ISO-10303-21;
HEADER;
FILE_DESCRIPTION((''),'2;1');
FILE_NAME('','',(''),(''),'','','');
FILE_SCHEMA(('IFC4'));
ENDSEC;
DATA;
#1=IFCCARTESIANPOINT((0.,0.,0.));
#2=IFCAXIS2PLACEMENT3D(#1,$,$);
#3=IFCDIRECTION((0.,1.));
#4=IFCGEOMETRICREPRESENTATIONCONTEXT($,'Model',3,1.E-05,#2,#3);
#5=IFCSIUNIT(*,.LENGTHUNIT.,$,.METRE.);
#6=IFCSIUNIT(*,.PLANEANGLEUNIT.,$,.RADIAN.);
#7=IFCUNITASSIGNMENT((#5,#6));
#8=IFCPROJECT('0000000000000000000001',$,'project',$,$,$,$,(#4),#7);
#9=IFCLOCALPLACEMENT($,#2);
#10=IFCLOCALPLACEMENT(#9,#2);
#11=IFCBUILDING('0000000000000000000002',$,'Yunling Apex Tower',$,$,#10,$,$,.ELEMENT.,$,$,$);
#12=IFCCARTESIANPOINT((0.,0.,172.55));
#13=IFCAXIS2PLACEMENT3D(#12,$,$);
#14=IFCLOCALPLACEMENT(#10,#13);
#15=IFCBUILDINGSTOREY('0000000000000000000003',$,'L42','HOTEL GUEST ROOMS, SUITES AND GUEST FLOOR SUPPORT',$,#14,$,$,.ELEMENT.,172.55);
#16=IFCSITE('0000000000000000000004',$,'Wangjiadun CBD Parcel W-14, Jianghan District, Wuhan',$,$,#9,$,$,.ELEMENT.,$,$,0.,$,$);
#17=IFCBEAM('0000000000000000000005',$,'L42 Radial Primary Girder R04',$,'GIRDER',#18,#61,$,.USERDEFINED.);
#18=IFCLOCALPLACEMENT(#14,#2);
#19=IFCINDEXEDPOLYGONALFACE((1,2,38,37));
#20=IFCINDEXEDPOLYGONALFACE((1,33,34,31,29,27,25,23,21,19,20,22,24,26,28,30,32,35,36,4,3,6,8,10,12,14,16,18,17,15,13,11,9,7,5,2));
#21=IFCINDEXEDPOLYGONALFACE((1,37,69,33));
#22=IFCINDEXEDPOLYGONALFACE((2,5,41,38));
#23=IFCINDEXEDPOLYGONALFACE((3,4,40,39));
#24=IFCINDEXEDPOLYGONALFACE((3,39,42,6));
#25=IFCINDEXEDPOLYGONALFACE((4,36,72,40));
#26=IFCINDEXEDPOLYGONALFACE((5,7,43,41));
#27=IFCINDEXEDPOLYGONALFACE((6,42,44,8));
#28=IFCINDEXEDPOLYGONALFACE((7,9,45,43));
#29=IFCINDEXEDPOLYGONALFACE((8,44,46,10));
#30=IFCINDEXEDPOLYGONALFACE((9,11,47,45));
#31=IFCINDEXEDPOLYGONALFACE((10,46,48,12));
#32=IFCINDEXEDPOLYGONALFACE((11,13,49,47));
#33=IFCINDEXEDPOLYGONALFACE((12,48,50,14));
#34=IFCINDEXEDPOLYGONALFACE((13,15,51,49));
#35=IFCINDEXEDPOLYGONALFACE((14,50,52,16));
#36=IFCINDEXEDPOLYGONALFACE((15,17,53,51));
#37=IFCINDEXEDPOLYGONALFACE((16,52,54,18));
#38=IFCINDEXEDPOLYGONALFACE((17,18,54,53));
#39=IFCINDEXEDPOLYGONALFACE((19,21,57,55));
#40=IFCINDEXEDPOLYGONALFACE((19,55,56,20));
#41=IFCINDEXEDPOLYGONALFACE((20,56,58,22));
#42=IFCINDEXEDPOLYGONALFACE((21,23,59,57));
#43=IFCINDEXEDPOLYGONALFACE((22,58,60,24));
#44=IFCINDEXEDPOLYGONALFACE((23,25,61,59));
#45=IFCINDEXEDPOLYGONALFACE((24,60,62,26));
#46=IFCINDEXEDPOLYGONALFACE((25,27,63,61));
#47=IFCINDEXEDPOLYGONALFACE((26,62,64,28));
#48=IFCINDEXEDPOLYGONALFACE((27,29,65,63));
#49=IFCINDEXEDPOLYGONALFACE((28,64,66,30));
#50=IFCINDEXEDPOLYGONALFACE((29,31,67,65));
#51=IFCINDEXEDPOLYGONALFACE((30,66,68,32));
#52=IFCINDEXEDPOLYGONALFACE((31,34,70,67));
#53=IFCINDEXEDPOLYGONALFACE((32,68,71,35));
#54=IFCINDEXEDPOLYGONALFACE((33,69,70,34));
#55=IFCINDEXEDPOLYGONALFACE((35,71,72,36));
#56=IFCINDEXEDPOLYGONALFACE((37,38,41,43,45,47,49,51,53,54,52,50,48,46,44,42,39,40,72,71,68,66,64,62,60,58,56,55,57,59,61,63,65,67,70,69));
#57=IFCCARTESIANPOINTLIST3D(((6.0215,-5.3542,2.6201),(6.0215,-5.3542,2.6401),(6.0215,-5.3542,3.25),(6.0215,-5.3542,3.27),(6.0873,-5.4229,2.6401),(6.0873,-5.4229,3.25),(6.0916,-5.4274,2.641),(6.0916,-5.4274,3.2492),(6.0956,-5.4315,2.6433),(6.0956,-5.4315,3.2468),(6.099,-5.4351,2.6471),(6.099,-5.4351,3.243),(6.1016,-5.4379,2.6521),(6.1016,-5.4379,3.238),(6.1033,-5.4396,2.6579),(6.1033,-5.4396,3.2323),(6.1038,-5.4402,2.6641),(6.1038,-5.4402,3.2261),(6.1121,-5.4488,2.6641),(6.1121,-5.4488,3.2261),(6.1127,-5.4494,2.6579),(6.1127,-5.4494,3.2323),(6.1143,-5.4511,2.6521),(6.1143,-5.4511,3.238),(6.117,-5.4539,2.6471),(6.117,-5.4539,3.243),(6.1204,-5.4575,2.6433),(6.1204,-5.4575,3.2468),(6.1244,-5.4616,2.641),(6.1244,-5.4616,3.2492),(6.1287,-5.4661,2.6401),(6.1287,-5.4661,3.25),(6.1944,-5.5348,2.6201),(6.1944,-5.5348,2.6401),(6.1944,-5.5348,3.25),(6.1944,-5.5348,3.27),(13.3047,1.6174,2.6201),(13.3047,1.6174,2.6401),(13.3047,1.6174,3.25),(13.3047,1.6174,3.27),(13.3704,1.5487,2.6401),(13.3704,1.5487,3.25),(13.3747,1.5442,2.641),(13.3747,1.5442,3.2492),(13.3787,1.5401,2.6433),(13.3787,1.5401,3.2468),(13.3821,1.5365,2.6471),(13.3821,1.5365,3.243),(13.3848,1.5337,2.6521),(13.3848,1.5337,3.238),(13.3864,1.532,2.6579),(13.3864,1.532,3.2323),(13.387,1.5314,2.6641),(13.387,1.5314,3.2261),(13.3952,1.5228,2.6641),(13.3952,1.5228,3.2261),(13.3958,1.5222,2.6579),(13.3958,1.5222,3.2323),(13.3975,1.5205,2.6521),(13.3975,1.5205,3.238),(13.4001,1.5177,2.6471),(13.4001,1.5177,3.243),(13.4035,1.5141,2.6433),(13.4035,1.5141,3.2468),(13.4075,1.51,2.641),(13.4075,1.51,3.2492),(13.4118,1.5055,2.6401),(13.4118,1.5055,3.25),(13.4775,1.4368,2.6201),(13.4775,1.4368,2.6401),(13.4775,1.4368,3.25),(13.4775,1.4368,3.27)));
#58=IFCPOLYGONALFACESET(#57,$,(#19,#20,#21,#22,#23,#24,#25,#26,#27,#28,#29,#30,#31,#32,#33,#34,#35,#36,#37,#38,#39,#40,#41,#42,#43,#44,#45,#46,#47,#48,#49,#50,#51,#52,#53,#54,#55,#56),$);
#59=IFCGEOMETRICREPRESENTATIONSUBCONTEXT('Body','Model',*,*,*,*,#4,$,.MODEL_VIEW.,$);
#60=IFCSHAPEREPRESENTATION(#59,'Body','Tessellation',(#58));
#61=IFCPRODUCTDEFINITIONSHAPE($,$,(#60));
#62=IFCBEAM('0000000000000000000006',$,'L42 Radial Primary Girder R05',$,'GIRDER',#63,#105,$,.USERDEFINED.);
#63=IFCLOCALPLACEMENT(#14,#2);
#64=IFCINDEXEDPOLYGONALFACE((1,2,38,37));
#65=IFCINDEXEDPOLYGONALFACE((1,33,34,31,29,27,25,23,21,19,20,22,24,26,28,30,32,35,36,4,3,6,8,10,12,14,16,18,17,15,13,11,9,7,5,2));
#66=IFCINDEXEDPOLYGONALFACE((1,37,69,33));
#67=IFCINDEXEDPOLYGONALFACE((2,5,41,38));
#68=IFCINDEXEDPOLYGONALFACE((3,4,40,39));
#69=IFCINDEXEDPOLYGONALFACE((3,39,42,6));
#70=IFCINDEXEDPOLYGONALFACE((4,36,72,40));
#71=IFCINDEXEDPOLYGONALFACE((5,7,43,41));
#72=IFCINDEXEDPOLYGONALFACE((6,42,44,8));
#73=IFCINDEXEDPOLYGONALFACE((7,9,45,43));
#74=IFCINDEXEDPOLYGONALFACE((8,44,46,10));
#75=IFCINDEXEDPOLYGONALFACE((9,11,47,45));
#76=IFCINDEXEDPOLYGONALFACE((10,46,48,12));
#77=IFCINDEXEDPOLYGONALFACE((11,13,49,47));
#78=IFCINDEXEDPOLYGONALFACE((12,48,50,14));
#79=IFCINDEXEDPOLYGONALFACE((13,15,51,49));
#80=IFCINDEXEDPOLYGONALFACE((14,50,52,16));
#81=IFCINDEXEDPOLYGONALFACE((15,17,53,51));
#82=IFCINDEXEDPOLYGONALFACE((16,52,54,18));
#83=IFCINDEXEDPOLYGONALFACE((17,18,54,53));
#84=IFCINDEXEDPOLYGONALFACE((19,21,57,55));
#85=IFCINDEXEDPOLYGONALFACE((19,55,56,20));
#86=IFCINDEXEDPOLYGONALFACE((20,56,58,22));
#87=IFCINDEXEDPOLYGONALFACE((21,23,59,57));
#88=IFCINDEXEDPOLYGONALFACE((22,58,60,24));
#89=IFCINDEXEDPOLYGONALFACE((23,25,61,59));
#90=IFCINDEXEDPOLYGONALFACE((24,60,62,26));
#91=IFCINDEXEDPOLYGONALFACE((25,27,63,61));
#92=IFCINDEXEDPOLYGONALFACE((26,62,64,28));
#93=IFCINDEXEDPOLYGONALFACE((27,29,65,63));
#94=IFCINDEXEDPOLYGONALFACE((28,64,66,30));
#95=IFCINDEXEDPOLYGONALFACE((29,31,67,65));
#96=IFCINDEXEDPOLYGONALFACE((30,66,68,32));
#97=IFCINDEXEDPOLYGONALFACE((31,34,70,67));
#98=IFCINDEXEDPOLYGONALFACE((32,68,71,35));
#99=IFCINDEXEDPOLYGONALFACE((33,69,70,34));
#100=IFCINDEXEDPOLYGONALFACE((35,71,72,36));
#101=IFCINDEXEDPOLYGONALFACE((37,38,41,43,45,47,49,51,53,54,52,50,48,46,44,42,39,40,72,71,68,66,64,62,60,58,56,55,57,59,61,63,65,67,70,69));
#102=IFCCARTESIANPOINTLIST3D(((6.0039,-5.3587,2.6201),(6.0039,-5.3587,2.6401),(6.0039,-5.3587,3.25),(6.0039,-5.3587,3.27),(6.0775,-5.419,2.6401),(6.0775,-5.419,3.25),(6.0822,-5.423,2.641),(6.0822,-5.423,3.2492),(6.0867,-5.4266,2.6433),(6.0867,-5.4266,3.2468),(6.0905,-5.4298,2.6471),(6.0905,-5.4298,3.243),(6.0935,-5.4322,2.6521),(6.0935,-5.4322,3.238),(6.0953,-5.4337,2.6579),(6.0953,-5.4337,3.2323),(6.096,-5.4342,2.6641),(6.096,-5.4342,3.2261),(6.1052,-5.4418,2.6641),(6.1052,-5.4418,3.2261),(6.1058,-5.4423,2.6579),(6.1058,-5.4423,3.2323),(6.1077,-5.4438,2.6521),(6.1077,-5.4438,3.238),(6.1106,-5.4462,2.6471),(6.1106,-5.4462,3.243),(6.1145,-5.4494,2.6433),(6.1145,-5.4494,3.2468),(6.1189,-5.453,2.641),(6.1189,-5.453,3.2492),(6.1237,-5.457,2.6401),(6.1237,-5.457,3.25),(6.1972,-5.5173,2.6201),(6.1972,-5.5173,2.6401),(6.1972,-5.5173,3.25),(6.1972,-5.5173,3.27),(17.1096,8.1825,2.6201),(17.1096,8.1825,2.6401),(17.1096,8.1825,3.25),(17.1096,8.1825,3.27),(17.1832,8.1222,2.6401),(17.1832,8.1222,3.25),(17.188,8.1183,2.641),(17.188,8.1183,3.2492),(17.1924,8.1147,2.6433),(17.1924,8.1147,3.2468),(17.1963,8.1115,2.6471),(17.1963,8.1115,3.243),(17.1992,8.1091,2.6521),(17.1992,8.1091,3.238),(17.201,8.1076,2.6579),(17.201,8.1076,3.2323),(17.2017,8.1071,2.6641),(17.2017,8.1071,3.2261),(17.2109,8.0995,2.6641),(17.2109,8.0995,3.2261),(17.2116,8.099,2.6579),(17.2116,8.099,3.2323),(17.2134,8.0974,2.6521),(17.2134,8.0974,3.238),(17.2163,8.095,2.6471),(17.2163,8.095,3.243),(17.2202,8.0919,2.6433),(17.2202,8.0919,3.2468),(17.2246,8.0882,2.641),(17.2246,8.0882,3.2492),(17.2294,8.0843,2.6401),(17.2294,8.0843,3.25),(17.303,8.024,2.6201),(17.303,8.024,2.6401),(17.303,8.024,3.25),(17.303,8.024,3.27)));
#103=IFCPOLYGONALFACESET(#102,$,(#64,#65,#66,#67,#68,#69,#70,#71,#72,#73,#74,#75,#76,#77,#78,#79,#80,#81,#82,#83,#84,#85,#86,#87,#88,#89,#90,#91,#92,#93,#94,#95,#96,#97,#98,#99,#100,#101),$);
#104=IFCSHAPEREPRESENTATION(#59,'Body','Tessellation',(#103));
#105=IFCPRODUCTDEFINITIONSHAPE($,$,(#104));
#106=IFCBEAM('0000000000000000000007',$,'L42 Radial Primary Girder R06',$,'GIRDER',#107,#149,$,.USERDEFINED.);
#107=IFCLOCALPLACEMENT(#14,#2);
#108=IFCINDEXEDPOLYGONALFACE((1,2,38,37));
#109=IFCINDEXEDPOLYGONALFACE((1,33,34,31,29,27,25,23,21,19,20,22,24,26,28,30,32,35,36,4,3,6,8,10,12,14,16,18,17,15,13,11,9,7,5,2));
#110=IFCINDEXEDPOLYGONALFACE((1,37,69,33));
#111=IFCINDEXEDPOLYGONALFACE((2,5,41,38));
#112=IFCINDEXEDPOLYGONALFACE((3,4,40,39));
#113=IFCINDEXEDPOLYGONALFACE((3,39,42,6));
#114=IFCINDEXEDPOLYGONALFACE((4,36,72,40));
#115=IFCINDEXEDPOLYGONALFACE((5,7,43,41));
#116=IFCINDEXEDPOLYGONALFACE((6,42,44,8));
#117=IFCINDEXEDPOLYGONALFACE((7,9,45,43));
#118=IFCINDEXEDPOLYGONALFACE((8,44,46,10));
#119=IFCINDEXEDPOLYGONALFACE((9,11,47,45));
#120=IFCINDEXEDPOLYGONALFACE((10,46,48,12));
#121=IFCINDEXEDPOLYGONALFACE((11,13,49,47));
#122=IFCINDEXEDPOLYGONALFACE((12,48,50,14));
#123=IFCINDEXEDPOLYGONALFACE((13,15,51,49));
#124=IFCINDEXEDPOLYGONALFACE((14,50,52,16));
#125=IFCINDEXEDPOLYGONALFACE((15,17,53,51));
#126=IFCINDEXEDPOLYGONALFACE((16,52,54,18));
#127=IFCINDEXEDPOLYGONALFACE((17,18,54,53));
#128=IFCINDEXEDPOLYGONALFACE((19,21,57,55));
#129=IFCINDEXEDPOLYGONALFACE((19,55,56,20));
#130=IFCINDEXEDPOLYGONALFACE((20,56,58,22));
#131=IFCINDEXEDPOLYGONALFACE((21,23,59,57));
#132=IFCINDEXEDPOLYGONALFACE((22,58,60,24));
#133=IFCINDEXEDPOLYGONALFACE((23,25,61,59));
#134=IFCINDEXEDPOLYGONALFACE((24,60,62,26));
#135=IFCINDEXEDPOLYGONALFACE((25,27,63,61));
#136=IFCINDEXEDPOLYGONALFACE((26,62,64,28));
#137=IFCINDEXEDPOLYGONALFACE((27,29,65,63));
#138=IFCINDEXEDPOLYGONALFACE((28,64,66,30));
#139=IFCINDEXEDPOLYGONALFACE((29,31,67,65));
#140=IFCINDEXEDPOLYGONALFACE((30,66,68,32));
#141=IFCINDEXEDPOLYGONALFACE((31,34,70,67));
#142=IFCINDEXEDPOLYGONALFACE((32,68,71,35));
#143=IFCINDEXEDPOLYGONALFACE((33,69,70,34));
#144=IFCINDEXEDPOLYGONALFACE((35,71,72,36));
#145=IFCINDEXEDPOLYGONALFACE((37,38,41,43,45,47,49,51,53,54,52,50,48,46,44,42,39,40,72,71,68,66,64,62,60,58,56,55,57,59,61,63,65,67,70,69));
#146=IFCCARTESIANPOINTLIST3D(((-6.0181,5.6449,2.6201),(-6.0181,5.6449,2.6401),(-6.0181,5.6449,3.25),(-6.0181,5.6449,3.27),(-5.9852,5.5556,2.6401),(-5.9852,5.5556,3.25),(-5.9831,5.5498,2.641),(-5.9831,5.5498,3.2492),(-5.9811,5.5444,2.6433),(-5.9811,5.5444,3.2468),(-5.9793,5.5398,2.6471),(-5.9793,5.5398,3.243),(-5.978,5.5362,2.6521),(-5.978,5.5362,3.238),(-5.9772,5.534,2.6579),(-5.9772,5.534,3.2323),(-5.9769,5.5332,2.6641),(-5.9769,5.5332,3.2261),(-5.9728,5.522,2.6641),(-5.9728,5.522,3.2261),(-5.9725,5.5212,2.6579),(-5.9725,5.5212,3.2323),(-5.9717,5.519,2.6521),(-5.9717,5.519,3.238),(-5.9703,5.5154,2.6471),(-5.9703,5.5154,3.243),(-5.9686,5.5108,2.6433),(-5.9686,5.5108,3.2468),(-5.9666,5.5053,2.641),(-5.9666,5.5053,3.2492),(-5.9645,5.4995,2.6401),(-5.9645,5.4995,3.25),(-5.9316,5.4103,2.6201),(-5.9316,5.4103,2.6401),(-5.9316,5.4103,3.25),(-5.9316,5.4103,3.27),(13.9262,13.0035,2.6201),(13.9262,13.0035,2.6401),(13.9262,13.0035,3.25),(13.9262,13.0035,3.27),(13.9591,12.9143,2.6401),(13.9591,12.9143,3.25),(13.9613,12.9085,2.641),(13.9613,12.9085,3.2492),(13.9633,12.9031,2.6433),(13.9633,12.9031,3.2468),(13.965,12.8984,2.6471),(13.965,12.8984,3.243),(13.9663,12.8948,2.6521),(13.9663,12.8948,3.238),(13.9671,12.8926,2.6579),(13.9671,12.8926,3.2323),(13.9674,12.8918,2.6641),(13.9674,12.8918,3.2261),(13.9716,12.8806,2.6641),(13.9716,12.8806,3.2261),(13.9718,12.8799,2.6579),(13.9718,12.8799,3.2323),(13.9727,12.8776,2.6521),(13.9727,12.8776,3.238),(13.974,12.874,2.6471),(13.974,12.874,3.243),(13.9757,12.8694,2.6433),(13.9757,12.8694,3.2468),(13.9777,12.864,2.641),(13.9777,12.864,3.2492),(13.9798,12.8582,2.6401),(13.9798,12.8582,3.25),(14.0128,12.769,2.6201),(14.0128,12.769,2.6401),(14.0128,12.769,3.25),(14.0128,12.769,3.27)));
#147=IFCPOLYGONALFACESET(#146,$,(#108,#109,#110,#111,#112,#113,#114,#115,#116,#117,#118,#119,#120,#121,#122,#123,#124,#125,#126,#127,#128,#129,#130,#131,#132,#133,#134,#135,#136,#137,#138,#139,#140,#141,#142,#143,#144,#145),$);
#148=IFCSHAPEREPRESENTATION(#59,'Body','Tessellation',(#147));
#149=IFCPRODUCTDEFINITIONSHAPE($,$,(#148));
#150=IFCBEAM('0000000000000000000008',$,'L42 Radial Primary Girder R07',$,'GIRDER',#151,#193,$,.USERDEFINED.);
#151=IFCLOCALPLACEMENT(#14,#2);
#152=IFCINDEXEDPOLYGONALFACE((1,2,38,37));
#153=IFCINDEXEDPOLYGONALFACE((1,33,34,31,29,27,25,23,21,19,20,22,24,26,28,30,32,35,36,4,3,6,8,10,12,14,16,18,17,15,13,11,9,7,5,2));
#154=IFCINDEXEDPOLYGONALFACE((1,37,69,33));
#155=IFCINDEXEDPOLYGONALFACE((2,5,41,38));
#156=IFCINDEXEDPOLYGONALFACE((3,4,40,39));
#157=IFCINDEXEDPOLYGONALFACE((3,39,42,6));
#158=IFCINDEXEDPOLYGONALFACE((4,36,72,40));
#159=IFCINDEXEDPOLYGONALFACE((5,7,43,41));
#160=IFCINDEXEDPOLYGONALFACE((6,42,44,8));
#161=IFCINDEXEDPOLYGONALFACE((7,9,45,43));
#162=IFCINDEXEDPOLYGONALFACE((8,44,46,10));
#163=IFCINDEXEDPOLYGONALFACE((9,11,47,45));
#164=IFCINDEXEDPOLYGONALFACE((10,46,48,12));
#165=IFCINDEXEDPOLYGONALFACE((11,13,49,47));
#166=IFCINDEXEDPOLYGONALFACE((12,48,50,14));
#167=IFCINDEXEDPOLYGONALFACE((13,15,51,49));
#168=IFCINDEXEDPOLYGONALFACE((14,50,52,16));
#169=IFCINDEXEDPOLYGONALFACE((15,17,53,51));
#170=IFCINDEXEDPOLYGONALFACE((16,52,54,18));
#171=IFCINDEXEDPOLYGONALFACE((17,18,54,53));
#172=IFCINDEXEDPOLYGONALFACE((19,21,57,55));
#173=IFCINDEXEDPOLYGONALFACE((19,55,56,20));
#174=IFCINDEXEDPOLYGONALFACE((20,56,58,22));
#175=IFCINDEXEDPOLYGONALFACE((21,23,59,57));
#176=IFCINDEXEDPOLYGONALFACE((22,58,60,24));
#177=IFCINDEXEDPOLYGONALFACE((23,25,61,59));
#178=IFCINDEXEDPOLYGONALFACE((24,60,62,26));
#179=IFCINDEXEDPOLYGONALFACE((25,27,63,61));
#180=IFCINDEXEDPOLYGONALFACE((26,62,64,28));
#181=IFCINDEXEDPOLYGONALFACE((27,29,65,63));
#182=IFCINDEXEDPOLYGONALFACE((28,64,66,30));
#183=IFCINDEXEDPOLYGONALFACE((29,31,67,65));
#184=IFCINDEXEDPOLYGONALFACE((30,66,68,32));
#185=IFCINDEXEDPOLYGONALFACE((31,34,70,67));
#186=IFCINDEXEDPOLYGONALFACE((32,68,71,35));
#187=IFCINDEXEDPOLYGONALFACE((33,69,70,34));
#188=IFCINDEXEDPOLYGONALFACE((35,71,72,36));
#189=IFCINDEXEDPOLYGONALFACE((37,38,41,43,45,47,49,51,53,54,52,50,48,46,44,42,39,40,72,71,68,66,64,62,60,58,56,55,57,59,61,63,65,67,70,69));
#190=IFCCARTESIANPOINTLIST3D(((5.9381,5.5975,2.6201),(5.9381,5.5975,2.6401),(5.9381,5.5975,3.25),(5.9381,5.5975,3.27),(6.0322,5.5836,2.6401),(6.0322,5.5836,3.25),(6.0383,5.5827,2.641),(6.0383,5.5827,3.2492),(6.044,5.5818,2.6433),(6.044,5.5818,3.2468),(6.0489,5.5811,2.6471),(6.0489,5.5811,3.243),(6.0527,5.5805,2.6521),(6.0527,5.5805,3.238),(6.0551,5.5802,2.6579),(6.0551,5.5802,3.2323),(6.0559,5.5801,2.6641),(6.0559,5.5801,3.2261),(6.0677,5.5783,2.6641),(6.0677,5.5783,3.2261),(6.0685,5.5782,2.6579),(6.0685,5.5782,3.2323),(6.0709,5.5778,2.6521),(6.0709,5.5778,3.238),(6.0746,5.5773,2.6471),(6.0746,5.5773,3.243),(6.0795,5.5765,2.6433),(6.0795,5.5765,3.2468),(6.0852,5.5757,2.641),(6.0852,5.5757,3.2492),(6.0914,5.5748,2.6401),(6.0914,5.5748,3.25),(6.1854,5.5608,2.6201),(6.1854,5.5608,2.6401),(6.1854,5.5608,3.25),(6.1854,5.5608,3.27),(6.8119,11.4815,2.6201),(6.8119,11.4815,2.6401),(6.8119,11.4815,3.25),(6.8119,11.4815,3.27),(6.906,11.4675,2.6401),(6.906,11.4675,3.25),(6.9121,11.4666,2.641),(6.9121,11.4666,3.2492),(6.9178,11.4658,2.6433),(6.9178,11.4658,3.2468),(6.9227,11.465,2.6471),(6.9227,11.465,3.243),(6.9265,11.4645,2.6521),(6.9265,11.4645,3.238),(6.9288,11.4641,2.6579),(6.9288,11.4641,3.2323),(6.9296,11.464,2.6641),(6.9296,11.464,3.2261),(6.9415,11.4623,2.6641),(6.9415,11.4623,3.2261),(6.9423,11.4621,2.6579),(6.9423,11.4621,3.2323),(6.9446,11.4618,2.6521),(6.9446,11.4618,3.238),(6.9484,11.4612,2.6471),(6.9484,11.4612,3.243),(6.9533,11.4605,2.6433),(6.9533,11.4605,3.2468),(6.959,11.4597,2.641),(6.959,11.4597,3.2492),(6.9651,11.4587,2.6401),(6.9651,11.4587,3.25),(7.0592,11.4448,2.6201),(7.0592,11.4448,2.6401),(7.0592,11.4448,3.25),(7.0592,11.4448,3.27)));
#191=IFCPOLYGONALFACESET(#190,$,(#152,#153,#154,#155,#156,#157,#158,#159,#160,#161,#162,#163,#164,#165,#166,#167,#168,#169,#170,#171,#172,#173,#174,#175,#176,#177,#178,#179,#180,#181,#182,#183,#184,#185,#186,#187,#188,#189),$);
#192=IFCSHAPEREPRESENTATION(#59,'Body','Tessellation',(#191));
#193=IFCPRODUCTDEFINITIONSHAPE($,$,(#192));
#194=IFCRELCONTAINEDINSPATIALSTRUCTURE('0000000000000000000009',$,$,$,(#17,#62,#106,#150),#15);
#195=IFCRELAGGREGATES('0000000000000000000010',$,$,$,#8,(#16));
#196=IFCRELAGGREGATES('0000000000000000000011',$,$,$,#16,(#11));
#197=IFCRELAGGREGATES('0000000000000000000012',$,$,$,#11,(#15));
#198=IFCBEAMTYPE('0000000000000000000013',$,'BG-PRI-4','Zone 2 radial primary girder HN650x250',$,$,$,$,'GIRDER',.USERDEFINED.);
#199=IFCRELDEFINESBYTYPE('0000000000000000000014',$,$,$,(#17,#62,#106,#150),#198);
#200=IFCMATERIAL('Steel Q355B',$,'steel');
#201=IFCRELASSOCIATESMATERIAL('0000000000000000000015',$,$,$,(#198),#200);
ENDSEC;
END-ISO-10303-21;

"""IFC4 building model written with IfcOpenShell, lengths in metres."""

from ifc_helpers import new_model, si_unit, direction, frame, origin, origin_2d, place, context, subcontext, project, spatial, i_section, extrude, source, transform, mapped, material, material_profile, profile_set, type_object, element, save


model = new_model("IFC4")

# Units and contexts
model_context = context("Model", 3, precision=1e-05, world=origin(), true_north=direction((0.0, 1.0)))
body_context = subcontext(model_context, "Body", "Model", "MODEL_VIEW")
ifc_project = project(units=[si_unit("LENGTHUNIT", "METRE"), si_unit("PLANEANGLEUNIT", "RADIAN")], contexts=[model_context])

# Site, building, storey
site_placement = place(None, origin())
site = spatial("IfcSite", under=ifc_project, at=site_placement, Name="Wangjiadun CBD Parcel W-14, Jianghan District, Wuhan", CompositionType="ELEMENT", RefElevation=0.0)
building_placement = place(site_placement, origin())
building = spatial("IfcBuilding", under=site, at=building_placement, Name="Yunling Apex Tower", CompositionType="ELEMENT")
storey_placement = place(building_placement, frame((0.0, 0.0, 172.55)))
storey = spatial("IfcBuildingStorey", under=building, at=storey_placement, Name="L42", Description="HOTEL GUEST ROOMS, SUITES AND GUEST FLOOR SUPPORT", CompositionType="ELEMENT", Elevation=172.55)

# Beams
ifc_material_1 = material(Name="Steel Q355B", Category="steel")
ifc_material_profile_1 = material_profile(ifc_material_1, i_section(OverallWidth=0.25, OverallDepth=0.6499, WebThickness=0.012, FlangeThickness=0.02, FilletRadius=0.0239, at=origin_2d()))
ifc_profile_set_1 = profile_set([ifc_material_profile_1], Name="Steel Q355B")
beam_type_1 = type_object("IfcBeamType", Name="BG-PRI-4", Description="Zone 2 radial primary girder HN650x250", ElementType="GIRDER", PredefinedType="USERDEFINED", material=ifc_profile_set_1)
shared_shape_1 = source(origin(), body_context, "Body", "SweptSolid", [
    extrude(i_section(OverallWidth=0.25, OverallDepth=0.6499, WebThickness=0.012, FlangeThickness=0.02, FilletRadius=0.0239, at=origin_2d()), origin(), (0.0, 0.0, 1.0), 10.082),
])
beam_1_placement = place(storey_placement, frame((13.3911, 1.5271, 2.9451), z_axis=(-0.722387, -0.691489, 0.0), x_axis=(0.691489, -0.722387, 0.0)))
element("IfcBeam", 1, at=beam_1_placement, inside=storey, type_object=beam_type_1, Name="L42 Radial Primary Girder R04", ObjectType="GIRDER", PredefinedType="USERDEFINED", context=body_context, shape_type="MappedRepresentation", body=[
    mapped(shared_shape_1, transform((0.0, 0.0, 0.0), scale=1.0)),
])
shared_shape_2 = source(origin(), body_context, "Body", "SweptSolid", [
    extrude(i_section(OverallWidth=0.25, OverallDepth=0.6499, WebThickness=0.012, FlangeThickness=0.02, FilletRadius=0.0239, at=origin_2d()), origin(), (0.0, 0.0, 1.0), 17.5129),
])
beam_2_placement = place(storey_placement, frame((17.2063, 8.1033, 2.9451), z_axis=(-0.634144, -0.773215, 0.0), x_axis=(0.773215, -0.634144, 0.0)))
element("IfcBeam", 2, at=beam_2_placement, inside=storey, type_object=beam_type_1, Name="L42 Radial Primary Girder R05", ObjectType="GIRDER", PredefinedType="USERDEFINED", context=body_context, shape_type="MappedRepresentation", body=[
    mapped(shared_shape_2, transform((0.0, 0.0, 0.0), scale=1.0)),
])
shared_shape_3 = source(origin(), body_context, "Body", "SweptSolid", [
    extrude(i_section(OverallWidth=0.25, OverallDepth=0.6499, WebThickness=0.012, FlangeThickness=0.02, FilletRadius=0.0239, at=origin_2d()), origin(), (0.0, 0.0, 1.0), 21.2585),
])
beam_3_placement = place(storey_placement, frame((13.9695, 12.8862, 2.9451), z_axis=(-0.938179, -0.34615, 0.0), x_axis=(0.34615, -0.938179, 0.0)))
element("IfcBeam", 3, at=beam_3_placement, inside=storey, type_object=beam_type_1, Name="L42 Radial Primary Girder R06", ObjectType="GIRDER", PredefinedType="USERDEFINED", context=body_context, shape_type="MappedRepresentation", body=[
    mapped(shared_shape_3, transform((0.0, 0.0, 0.0), scale=1.0)),
])
shared_shape_4 = source(origin(), body_context, "Body", "SweptSolid", [
    extrude(i_section(OverallWidth=0.25, OverallDepth=0.6499, WebThickness=0.012, FlangeThickness=0.02, FilletRadius=0.0239, at=origin_2d()), origin(), (0.0, 0.0, 1.0), 5.9485),
])
beam_4_placement = place(storey_placement, frame((6.9355, 11.4631, 2.9451), z_axis=(-0.146889, -0.989153, 0.0), x_axis=(0.989153, -0.146889, 0.0)))
element("IfcBeam", 4, at=beam_4_placement, inside=storey, type_object=beam_type_1, Name="L42 Radial Primary Girder R07", ObjectType="GIRDER", PredefinedType="USERDEFINED", context=body_context, shape_type="MappedRepresentation", body=[
    mapped(shared_shape_4, transform((0.0, 0.0, 0.0), scale=1.0)),
])

save(model, "model.ifc")
